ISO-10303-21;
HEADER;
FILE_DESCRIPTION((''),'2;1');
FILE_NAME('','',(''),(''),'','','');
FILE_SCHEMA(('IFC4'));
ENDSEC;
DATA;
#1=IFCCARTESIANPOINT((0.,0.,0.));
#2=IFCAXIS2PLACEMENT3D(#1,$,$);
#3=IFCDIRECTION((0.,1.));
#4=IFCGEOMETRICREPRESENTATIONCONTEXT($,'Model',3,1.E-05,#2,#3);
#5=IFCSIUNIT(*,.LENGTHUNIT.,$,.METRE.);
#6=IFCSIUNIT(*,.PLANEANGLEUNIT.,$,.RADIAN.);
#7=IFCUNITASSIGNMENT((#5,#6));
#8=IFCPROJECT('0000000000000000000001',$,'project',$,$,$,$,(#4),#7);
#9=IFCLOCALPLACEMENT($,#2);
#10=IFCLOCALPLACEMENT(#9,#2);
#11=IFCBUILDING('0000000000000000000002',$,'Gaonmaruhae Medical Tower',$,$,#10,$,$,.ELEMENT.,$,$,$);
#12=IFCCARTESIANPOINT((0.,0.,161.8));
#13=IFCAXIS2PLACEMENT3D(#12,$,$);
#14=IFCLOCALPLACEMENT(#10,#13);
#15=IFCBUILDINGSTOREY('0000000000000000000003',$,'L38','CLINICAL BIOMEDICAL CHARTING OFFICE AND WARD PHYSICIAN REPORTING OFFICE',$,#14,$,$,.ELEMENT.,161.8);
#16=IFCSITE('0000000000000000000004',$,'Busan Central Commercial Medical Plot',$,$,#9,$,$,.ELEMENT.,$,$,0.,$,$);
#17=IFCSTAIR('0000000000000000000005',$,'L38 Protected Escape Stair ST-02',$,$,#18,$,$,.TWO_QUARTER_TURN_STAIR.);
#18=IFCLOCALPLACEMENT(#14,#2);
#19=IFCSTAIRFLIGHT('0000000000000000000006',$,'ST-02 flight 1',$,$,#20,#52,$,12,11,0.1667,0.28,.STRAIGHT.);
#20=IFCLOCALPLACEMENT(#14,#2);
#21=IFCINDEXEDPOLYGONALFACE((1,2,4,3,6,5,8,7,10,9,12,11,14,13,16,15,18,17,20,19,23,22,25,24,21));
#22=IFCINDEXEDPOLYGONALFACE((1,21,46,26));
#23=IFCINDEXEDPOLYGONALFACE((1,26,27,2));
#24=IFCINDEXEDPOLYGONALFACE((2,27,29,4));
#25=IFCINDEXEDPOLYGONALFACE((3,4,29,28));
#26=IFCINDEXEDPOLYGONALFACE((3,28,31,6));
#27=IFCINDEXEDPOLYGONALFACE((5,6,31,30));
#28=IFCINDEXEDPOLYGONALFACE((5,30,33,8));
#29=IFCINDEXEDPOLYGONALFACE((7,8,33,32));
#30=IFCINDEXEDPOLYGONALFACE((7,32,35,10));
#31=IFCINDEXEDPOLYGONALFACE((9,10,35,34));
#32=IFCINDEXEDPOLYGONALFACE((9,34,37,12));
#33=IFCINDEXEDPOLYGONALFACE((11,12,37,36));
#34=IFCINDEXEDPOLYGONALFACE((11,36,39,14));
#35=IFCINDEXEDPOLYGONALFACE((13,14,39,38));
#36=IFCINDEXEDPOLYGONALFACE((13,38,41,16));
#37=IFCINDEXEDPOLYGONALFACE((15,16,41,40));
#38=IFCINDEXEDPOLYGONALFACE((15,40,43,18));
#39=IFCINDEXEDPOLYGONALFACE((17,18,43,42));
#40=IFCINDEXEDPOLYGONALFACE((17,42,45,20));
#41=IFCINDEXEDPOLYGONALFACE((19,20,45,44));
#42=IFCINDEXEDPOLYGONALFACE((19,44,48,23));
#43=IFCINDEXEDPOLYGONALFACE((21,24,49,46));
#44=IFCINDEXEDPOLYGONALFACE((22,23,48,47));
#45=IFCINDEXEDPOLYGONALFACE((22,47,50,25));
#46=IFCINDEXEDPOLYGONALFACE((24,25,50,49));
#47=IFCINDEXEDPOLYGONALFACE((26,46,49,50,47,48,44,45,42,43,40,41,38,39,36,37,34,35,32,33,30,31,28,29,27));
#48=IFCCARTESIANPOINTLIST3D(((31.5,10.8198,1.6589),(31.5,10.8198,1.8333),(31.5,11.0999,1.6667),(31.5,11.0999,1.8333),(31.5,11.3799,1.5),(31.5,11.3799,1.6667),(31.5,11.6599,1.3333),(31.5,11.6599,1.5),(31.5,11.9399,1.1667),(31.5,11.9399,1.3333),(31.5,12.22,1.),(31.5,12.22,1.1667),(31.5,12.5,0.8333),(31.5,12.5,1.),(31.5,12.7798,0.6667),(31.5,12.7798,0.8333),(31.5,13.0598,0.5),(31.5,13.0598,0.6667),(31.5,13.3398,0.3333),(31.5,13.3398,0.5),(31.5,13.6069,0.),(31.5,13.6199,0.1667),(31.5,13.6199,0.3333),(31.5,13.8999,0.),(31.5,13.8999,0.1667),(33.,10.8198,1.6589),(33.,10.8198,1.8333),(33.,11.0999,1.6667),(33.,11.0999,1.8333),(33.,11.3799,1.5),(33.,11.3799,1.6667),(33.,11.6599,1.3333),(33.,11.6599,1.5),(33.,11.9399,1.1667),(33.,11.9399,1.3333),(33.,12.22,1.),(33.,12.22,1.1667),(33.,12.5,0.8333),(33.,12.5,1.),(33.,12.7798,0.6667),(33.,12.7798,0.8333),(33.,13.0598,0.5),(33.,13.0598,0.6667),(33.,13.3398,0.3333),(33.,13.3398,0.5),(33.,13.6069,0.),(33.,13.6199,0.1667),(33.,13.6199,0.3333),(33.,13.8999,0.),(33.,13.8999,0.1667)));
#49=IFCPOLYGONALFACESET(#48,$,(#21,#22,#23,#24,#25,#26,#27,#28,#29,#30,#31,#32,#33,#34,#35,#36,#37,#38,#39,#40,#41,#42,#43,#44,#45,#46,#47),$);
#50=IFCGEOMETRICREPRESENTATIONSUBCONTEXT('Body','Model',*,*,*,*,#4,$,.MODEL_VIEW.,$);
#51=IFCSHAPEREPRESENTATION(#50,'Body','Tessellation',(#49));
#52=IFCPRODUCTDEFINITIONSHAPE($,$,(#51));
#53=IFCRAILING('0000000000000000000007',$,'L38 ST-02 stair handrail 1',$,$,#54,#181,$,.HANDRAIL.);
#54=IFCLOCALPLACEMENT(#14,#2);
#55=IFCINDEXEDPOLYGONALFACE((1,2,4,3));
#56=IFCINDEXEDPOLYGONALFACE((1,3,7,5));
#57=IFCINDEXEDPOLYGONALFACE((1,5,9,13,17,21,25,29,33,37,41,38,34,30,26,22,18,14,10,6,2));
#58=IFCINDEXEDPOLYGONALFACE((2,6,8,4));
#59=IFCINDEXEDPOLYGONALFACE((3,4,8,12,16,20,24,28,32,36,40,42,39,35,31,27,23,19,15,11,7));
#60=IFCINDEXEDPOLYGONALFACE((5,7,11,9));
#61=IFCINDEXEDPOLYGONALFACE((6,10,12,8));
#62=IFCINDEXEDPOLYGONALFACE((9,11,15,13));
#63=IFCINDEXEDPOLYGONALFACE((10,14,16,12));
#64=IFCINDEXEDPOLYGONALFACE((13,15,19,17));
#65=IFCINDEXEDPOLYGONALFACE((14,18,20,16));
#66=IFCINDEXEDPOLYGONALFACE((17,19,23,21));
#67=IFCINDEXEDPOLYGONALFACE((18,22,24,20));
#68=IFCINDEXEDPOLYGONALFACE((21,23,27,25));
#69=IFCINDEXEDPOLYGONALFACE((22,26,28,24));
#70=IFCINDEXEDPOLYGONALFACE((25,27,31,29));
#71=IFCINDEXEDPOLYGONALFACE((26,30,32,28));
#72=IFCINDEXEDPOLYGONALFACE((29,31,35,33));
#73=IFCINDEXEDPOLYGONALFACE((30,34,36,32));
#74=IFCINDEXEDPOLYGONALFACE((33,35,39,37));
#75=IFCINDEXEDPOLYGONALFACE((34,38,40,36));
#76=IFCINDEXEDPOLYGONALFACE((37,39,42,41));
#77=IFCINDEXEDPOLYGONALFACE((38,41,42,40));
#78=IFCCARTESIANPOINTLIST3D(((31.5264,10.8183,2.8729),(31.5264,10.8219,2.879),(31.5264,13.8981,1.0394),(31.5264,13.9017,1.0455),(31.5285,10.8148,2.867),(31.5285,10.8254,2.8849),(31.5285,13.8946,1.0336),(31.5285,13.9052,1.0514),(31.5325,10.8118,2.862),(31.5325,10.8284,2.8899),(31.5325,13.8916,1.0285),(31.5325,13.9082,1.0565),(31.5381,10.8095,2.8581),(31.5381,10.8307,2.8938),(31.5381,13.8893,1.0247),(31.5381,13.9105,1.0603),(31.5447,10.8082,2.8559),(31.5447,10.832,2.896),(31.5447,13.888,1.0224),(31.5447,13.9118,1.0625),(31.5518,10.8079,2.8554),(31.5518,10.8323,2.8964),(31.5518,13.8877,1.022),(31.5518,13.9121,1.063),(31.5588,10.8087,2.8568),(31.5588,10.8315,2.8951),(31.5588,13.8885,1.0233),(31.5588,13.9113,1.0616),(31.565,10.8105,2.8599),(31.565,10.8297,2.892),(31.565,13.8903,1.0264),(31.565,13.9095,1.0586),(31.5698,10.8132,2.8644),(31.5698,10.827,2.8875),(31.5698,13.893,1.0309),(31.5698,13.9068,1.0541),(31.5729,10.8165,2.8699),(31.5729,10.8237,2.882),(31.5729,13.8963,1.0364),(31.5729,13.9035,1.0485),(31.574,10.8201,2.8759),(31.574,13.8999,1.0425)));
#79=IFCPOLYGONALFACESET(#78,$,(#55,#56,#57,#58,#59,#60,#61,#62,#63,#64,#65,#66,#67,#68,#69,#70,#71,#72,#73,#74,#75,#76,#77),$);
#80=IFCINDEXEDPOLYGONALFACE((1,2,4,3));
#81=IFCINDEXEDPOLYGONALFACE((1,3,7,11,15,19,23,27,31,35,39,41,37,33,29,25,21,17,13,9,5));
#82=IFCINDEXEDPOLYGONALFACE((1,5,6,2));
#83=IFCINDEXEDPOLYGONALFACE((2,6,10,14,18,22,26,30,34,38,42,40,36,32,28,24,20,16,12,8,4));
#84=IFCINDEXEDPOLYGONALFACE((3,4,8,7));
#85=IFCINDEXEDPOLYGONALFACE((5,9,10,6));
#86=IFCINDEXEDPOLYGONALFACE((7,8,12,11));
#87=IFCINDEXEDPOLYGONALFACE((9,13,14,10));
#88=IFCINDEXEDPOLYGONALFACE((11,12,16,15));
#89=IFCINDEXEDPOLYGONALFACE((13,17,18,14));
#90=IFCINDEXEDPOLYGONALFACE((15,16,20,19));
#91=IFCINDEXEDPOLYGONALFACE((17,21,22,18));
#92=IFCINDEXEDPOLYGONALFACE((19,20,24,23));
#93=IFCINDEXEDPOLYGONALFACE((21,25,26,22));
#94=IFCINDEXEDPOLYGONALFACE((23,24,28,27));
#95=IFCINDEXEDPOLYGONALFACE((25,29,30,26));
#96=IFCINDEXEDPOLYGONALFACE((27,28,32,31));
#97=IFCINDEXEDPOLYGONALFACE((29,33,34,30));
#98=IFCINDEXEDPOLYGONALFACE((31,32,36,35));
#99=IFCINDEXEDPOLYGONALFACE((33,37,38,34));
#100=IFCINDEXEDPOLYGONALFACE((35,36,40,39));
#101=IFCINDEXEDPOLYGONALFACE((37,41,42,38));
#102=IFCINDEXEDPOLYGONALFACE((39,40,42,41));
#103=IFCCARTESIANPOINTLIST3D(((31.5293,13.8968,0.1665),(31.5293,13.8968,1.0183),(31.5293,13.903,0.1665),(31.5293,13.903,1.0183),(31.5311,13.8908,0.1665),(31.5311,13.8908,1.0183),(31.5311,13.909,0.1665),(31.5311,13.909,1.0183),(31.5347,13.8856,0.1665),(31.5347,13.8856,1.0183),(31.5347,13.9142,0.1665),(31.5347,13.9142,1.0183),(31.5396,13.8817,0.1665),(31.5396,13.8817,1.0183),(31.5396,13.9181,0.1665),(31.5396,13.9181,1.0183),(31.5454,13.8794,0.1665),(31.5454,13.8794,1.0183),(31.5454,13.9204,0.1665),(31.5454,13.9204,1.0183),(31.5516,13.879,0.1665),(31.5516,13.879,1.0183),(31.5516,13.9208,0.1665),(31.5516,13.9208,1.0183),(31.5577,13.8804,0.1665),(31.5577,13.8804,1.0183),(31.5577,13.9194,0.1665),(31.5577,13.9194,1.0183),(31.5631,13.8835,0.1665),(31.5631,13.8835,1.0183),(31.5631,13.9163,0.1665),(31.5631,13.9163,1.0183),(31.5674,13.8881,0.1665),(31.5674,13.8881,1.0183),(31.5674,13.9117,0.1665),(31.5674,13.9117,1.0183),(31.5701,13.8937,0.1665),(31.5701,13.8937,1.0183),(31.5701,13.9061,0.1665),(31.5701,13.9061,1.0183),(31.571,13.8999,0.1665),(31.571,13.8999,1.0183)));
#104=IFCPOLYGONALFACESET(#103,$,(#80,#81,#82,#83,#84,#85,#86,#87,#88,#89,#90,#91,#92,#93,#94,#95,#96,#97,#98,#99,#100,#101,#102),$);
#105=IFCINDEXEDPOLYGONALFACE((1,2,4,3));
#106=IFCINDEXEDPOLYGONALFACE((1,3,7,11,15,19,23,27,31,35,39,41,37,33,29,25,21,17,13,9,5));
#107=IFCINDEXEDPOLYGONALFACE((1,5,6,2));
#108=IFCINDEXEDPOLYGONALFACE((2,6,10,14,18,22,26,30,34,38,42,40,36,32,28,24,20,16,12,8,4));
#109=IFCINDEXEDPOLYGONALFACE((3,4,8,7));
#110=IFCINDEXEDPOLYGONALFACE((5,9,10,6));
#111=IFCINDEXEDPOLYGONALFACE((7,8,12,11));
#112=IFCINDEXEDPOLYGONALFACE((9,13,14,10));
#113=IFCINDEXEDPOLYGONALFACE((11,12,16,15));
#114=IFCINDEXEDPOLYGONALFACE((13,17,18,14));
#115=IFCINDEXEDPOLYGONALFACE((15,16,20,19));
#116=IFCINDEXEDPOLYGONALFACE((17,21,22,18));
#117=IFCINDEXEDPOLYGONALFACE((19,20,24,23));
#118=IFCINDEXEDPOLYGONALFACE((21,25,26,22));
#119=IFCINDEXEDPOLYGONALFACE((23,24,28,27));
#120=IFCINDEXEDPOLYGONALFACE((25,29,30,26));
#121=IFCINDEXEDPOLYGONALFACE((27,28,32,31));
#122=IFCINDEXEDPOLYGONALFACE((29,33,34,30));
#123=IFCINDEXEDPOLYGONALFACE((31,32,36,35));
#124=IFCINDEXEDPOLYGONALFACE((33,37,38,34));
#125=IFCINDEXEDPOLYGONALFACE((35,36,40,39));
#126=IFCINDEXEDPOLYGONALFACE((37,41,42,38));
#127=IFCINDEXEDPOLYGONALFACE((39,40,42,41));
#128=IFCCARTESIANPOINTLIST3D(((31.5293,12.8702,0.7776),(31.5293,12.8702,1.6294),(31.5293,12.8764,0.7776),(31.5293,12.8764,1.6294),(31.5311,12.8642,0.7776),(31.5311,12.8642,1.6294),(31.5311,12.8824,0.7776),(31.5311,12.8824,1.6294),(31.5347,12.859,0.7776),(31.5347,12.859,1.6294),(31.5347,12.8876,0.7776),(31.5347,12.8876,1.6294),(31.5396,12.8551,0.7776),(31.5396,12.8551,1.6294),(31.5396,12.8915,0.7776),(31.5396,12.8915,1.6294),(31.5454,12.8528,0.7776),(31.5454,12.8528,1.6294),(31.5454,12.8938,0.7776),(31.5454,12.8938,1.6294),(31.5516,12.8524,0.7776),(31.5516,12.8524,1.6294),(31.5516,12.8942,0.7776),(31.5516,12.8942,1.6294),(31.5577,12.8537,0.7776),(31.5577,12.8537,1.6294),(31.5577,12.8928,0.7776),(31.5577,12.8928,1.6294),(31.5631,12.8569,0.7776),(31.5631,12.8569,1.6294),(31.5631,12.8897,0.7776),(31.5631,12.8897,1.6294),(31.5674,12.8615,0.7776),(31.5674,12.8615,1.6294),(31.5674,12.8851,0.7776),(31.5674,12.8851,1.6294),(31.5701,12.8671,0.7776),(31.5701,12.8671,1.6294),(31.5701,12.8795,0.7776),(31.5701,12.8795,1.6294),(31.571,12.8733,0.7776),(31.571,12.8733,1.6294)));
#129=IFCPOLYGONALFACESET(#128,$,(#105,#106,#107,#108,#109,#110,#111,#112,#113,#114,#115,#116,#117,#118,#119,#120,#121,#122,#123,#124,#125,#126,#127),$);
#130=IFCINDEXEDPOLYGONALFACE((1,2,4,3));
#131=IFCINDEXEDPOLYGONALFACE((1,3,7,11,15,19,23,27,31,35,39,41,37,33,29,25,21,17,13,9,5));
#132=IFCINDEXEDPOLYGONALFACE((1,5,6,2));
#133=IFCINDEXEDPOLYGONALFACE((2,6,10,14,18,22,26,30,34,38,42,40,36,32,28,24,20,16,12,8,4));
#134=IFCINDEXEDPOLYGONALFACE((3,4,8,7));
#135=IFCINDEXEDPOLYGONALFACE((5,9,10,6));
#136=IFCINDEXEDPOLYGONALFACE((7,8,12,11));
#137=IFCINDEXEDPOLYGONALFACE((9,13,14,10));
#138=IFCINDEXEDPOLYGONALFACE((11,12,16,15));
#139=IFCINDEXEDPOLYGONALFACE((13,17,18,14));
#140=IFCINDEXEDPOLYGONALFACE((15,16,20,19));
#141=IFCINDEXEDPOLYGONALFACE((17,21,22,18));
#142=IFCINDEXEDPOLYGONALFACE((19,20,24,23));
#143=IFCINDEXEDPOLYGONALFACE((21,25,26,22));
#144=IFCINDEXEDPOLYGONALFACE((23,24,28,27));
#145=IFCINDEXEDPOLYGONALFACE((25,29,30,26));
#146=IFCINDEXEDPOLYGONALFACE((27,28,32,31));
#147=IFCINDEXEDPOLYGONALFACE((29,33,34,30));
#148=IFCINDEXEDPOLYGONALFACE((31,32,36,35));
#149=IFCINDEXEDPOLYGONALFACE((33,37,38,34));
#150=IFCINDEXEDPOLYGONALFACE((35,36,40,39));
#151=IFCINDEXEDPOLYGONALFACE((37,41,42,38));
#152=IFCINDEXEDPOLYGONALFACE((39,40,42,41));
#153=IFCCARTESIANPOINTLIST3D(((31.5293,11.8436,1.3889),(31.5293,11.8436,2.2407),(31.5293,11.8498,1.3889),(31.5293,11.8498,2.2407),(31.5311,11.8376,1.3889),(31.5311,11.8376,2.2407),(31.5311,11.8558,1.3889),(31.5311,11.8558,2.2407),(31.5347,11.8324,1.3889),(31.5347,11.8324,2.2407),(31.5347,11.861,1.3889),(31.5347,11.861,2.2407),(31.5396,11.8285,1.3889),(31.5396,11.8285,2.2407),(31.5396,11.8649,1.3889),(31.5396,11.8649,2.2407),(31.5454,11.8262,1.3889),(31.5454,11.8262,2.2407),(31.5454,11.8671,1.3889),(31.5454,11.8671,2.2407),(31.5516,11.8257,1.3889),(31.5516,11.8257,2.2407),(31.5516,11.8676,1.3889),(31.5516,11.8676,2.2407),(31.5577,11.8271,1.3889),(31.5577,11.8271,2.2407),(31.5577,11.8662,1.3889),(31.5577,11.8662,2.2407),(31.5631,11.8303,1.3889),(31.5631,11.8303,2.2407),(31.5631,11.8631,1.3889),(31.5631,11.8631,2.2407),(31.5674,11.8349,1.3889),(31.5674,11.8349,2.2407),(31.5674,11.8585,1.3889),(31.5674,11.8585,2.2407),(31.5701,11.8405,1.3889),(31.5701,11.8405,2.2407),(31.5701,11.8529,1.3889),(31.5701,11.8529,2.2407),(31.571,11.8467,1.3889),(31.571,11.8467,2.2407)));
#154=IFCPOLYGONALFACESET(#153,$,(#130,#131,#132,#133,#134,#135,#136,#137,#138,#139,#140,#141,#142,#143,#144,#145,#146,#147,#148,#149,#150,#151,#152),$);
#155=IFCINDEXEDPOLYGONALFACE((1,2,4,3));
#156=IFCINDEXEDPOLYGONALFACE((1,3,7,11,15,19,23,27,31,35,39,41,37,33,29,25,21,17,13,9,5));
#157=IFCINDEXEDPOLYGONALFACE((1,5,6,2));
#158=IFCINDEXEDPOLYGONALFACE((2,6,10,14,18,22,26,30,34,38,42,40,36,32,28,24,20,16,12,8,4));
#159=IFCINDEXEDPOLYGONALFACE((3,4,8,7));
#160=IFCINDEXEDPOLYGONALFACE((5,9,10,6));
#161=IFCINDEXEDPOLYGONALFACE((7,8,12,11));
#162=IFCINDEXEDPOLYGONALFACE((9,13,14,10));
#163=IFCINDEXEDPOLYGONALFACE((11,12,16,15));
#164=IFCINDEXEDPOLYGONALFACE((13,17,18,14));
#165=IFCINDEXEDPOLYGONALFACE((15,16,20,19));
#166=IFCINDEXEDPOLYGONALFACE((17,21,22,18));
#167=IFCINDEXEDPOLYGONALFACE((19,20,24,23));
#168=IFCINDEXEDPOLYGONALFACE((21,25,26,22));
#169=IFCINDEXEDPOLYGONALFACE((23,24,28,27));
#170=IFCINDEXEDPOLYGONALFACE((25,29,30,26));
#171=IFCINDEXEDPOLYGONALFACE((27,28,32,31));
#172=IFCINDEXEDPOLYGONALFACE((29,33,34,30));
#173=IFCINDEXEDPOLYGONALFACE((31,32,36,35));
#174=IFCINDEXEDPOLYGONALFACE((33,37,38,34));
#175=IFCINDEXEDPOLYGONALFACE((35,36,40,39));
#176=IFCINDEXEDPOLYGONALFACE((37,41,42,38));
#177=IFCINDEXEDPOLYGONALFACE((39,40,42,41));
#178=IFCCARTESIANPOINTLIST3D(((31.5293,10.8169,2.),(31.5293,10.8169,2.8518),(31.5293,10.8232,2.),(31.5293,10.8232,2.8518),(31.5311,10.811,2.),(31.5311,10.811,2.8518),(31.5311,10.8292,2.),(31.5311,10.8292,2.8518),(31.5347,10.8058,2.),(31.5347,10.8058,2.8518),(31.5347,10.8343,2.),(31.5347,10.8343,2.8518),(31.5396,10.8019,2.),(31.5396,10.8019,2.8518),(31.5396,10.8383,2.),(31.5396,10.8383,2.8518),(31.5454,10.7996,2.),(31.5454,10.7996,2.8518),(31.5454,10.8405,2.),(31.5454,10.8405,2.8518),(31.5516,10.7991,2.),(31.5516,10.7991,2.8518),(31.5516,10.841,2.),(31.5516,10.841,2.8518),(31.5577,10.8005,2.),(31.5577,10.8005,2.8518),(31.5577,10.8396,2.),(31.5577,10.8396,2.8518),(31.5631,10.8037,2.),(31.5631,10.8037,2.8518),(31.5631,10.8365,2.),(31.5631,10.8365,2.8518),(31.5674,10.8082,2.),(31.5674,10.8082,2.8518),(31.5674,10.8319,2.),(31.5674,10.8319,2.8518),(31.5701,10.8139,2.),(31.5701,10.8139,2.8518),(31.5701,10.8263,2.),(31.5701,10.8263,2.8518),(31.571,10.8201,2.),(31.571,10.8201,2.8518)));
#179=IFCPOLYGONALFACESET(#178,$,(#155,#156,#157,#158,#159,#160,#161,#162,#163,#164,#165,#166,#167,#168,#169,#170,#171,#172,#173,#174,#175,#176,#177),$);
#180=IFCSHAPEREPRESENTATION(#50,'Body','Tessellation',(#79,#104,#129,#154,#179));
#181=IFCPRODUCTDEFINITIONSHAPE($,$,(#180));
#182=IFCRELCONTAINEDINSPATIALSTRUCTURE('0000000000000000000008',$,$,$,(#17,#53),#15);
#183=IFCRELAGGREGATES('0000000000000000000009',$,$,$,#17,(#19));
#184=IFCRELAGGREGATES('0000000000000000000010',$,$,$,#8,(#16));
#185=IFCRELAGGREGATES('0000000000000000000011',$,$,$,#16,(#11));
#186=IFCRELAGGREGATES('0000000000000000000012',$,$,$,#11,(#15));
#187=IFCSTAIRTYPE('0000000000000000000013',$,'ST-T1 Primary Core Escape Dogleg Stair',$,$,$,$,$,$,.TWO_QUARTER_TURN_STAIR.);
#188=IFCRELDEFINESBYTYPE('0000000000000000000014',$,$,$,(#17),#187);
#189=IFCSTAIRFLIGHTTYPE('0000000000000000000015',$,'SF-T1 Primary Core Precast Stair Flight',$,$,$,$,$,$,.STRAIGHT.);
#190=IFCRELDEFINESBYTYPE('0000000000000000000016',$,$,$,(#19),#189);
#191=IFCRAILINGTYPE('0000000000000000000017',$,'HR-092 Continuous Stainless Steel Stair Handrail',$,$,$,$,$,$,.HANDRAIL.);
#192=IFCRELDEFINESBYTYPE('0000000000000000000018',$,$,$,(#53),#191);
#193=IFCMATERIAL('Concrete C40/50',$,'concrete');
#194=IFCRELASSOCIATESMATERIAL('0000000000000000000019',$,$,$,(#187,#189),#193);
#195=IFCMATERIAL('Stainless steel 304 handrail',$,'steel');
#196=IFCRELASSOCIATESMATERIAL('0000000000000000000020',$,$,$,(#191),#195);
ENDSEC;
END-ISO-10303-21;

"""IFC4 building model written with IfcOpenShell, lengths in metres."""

from ifc_helpers import new_model, si_unit, direction, frame, origin, origin_2d, place, context, subcontext, project, spatial, polyline, circle, outline, extrude, material, type_object, element, aggregate, save


model = new_model("IFC4")

# Units and contexts
model_context = context("Model", 3, precision=1e-05, world=origin(), true_north=direction((0.0, 1.0)))
body_context = subcontext(model_context, "Body", "Model", "MODEL_VIEW")
ifc_project = project(units=[si_unit("LENGTHUNIT", "METRE"), si_unit("PLANEANGLEUNIT", "RADIAN")], contexts=[model_context])

# Site, building, storey
site_placement = place(None, origin())
site = spatial("IfcSite", under=ifc_project, at=site_placement, Name="Busan Central Commercial Medical Plot", CompositionType="ELEMENT", RefElevation=0.0)
building_placement = place(site_placement, origin())
building = spatial("IfcBuilding", under=site, at=building_placement, Name="Gaonmaruhae Medical Tower", CompositionType="ELEMENT")
storey_placement = place(building_placement, frame((0.0, 0.0, 161.8)))
storey = spatial("IfcBuildingStorey", under=building, at=storey_placement, Name="L38", Description="CLINICAL BIOMEDICAL CHARTING OFFICE AND WARD PHYSICIAN REPORTING OFFICE", CompositionType="ELEMENT", Elevation=161.8)

# Stair, stair flight
ifc_material_1 = material(Name="Concrete C40/50", Category="concrete")
stair_type = type_object("IfcStairType", Name="ST-T1 Primary Core Escape Dogleg Stair", PredefinedType="TWO_QUARTER_TURN_STAIR", material=ifc_material_1)
stair_placement = place(storey_placement, origin())
stair = element("IfcStair", 1, at=stair_placement, inside=storey, type_object=stair_type, Name="L38 Protected Escape Stair ST-02", PredefinedType="TWO_QUARTER_TURN_STAIR")
stair_flight_type = type_object("IfcStairFlightType", Name="SF-T1 Primary Core Precast Stair Flight", PredefinedType="STRAIGHT", material=ifc_material_1)
stair_flight_placement = place(storey_placement, frame((32.25, 13.8999, 0.0), z_axis=(0.0, 0.0, 1.0), x_axis=(0.0, -1.0, 0.0)))
stair_flight = element("IfcStairFlight", 2, at=stair_flight_placement, type_object=stair_flight_type, Name="ST-02 flight 1", NumberOfRisers=12, NumberOfTreads=11, PredefinedType="STRAIGHT", RiserHeight=0.1667, TreadLength=0.28, context=body_context, shape_type="SweptSolid", body=[
    extrude(outline(polyline([(0.0, 0.0), (0.0, 0.1667), (0.28, 0.1667), (0.28, 0.3333), (0.5601, 0.3333), (0.5601, 0.5), (0.8401, 0.5), (0.8401, 0.6667), (1.1201, 0.6667), (1.1201, 0.8333), (1.3999, 0.8333), (1.3999, 1.0), (1.6799, 1.0), (1.6799, 1.1667), (1.96, 1.1667), (1.96, 1.3333), (2.24, 1.3333), (2.24, 1.5), (2.52, 1.5), (2.52, 1.6667), (2.8, 1.6667), (2.8, 1.8333), (3.0801, 1.8333), (3.0801, 2.0), (3.0801, 1.6589), (0.293, 0.0), (0.0, 0.0)])), frame((0.0, 0.75, 0.0), z_axis=(0.0, -1.0, 0.0), x_axis=(1.0, 0.0, 0.0)), (0.0, 0.0, 1.0), 1.5),
])
aggregate(stair, [stair_flight])

# Railing
ifc_material_2 = material(Name="Stainless steel 304 handrail", Category="steel")
railing_type_1 = type_object("IfcRailingType", Name="HR-092 Continuous Stainless Steel Stair Handrail", PredefinedType="HANDRAIL", material=ifc_material_2)
railing_1_placement = place(storey_placement, frame((31.55, 13.8999, 0.1665)))
element("IfcRailing", 3, at=railing_1_placement, inside=storey, type_object=railing_type_1, Name="L38 ST-02 stair handrail 1", PredefinedType="HANDRAIL", context=body_context, shape_type="SweptSolid", body=[
    extrude(circle(Radius=0.0239, at=origin_2d()), frame((0.0, 0.0, 0.876), z_axis=(0.0, -0.859261, 0.511538), x_axis=(1.0, 0.0, 0.0)), (0.0, 0.0, 1.0), 3.5842),
    extrude(circle(Radius=0.021, at=origin_2d()), origin(), (0.0, 0.0, 1.0), 0.8518),
    extrude(circle(Radius=0.021, at=origin_2d()), frame((0.0, -1.0266, 0.6111)), (0.0, 0.0, 1.0), 0.8518),
    extrude(circle(Radius=0.021, at=origin_2d()), frame((0.0, -2.0532, 1.2224)), (0.0, 0.0, 1.0), 0.8518),
    extrude(circle(Radius=0.021, at=origin_2d()), frame((0.0, -3.0798, 1.8335)), (0.0, 0.0, 1.0), 0.8518),
])

save(model, "model.ifc")
